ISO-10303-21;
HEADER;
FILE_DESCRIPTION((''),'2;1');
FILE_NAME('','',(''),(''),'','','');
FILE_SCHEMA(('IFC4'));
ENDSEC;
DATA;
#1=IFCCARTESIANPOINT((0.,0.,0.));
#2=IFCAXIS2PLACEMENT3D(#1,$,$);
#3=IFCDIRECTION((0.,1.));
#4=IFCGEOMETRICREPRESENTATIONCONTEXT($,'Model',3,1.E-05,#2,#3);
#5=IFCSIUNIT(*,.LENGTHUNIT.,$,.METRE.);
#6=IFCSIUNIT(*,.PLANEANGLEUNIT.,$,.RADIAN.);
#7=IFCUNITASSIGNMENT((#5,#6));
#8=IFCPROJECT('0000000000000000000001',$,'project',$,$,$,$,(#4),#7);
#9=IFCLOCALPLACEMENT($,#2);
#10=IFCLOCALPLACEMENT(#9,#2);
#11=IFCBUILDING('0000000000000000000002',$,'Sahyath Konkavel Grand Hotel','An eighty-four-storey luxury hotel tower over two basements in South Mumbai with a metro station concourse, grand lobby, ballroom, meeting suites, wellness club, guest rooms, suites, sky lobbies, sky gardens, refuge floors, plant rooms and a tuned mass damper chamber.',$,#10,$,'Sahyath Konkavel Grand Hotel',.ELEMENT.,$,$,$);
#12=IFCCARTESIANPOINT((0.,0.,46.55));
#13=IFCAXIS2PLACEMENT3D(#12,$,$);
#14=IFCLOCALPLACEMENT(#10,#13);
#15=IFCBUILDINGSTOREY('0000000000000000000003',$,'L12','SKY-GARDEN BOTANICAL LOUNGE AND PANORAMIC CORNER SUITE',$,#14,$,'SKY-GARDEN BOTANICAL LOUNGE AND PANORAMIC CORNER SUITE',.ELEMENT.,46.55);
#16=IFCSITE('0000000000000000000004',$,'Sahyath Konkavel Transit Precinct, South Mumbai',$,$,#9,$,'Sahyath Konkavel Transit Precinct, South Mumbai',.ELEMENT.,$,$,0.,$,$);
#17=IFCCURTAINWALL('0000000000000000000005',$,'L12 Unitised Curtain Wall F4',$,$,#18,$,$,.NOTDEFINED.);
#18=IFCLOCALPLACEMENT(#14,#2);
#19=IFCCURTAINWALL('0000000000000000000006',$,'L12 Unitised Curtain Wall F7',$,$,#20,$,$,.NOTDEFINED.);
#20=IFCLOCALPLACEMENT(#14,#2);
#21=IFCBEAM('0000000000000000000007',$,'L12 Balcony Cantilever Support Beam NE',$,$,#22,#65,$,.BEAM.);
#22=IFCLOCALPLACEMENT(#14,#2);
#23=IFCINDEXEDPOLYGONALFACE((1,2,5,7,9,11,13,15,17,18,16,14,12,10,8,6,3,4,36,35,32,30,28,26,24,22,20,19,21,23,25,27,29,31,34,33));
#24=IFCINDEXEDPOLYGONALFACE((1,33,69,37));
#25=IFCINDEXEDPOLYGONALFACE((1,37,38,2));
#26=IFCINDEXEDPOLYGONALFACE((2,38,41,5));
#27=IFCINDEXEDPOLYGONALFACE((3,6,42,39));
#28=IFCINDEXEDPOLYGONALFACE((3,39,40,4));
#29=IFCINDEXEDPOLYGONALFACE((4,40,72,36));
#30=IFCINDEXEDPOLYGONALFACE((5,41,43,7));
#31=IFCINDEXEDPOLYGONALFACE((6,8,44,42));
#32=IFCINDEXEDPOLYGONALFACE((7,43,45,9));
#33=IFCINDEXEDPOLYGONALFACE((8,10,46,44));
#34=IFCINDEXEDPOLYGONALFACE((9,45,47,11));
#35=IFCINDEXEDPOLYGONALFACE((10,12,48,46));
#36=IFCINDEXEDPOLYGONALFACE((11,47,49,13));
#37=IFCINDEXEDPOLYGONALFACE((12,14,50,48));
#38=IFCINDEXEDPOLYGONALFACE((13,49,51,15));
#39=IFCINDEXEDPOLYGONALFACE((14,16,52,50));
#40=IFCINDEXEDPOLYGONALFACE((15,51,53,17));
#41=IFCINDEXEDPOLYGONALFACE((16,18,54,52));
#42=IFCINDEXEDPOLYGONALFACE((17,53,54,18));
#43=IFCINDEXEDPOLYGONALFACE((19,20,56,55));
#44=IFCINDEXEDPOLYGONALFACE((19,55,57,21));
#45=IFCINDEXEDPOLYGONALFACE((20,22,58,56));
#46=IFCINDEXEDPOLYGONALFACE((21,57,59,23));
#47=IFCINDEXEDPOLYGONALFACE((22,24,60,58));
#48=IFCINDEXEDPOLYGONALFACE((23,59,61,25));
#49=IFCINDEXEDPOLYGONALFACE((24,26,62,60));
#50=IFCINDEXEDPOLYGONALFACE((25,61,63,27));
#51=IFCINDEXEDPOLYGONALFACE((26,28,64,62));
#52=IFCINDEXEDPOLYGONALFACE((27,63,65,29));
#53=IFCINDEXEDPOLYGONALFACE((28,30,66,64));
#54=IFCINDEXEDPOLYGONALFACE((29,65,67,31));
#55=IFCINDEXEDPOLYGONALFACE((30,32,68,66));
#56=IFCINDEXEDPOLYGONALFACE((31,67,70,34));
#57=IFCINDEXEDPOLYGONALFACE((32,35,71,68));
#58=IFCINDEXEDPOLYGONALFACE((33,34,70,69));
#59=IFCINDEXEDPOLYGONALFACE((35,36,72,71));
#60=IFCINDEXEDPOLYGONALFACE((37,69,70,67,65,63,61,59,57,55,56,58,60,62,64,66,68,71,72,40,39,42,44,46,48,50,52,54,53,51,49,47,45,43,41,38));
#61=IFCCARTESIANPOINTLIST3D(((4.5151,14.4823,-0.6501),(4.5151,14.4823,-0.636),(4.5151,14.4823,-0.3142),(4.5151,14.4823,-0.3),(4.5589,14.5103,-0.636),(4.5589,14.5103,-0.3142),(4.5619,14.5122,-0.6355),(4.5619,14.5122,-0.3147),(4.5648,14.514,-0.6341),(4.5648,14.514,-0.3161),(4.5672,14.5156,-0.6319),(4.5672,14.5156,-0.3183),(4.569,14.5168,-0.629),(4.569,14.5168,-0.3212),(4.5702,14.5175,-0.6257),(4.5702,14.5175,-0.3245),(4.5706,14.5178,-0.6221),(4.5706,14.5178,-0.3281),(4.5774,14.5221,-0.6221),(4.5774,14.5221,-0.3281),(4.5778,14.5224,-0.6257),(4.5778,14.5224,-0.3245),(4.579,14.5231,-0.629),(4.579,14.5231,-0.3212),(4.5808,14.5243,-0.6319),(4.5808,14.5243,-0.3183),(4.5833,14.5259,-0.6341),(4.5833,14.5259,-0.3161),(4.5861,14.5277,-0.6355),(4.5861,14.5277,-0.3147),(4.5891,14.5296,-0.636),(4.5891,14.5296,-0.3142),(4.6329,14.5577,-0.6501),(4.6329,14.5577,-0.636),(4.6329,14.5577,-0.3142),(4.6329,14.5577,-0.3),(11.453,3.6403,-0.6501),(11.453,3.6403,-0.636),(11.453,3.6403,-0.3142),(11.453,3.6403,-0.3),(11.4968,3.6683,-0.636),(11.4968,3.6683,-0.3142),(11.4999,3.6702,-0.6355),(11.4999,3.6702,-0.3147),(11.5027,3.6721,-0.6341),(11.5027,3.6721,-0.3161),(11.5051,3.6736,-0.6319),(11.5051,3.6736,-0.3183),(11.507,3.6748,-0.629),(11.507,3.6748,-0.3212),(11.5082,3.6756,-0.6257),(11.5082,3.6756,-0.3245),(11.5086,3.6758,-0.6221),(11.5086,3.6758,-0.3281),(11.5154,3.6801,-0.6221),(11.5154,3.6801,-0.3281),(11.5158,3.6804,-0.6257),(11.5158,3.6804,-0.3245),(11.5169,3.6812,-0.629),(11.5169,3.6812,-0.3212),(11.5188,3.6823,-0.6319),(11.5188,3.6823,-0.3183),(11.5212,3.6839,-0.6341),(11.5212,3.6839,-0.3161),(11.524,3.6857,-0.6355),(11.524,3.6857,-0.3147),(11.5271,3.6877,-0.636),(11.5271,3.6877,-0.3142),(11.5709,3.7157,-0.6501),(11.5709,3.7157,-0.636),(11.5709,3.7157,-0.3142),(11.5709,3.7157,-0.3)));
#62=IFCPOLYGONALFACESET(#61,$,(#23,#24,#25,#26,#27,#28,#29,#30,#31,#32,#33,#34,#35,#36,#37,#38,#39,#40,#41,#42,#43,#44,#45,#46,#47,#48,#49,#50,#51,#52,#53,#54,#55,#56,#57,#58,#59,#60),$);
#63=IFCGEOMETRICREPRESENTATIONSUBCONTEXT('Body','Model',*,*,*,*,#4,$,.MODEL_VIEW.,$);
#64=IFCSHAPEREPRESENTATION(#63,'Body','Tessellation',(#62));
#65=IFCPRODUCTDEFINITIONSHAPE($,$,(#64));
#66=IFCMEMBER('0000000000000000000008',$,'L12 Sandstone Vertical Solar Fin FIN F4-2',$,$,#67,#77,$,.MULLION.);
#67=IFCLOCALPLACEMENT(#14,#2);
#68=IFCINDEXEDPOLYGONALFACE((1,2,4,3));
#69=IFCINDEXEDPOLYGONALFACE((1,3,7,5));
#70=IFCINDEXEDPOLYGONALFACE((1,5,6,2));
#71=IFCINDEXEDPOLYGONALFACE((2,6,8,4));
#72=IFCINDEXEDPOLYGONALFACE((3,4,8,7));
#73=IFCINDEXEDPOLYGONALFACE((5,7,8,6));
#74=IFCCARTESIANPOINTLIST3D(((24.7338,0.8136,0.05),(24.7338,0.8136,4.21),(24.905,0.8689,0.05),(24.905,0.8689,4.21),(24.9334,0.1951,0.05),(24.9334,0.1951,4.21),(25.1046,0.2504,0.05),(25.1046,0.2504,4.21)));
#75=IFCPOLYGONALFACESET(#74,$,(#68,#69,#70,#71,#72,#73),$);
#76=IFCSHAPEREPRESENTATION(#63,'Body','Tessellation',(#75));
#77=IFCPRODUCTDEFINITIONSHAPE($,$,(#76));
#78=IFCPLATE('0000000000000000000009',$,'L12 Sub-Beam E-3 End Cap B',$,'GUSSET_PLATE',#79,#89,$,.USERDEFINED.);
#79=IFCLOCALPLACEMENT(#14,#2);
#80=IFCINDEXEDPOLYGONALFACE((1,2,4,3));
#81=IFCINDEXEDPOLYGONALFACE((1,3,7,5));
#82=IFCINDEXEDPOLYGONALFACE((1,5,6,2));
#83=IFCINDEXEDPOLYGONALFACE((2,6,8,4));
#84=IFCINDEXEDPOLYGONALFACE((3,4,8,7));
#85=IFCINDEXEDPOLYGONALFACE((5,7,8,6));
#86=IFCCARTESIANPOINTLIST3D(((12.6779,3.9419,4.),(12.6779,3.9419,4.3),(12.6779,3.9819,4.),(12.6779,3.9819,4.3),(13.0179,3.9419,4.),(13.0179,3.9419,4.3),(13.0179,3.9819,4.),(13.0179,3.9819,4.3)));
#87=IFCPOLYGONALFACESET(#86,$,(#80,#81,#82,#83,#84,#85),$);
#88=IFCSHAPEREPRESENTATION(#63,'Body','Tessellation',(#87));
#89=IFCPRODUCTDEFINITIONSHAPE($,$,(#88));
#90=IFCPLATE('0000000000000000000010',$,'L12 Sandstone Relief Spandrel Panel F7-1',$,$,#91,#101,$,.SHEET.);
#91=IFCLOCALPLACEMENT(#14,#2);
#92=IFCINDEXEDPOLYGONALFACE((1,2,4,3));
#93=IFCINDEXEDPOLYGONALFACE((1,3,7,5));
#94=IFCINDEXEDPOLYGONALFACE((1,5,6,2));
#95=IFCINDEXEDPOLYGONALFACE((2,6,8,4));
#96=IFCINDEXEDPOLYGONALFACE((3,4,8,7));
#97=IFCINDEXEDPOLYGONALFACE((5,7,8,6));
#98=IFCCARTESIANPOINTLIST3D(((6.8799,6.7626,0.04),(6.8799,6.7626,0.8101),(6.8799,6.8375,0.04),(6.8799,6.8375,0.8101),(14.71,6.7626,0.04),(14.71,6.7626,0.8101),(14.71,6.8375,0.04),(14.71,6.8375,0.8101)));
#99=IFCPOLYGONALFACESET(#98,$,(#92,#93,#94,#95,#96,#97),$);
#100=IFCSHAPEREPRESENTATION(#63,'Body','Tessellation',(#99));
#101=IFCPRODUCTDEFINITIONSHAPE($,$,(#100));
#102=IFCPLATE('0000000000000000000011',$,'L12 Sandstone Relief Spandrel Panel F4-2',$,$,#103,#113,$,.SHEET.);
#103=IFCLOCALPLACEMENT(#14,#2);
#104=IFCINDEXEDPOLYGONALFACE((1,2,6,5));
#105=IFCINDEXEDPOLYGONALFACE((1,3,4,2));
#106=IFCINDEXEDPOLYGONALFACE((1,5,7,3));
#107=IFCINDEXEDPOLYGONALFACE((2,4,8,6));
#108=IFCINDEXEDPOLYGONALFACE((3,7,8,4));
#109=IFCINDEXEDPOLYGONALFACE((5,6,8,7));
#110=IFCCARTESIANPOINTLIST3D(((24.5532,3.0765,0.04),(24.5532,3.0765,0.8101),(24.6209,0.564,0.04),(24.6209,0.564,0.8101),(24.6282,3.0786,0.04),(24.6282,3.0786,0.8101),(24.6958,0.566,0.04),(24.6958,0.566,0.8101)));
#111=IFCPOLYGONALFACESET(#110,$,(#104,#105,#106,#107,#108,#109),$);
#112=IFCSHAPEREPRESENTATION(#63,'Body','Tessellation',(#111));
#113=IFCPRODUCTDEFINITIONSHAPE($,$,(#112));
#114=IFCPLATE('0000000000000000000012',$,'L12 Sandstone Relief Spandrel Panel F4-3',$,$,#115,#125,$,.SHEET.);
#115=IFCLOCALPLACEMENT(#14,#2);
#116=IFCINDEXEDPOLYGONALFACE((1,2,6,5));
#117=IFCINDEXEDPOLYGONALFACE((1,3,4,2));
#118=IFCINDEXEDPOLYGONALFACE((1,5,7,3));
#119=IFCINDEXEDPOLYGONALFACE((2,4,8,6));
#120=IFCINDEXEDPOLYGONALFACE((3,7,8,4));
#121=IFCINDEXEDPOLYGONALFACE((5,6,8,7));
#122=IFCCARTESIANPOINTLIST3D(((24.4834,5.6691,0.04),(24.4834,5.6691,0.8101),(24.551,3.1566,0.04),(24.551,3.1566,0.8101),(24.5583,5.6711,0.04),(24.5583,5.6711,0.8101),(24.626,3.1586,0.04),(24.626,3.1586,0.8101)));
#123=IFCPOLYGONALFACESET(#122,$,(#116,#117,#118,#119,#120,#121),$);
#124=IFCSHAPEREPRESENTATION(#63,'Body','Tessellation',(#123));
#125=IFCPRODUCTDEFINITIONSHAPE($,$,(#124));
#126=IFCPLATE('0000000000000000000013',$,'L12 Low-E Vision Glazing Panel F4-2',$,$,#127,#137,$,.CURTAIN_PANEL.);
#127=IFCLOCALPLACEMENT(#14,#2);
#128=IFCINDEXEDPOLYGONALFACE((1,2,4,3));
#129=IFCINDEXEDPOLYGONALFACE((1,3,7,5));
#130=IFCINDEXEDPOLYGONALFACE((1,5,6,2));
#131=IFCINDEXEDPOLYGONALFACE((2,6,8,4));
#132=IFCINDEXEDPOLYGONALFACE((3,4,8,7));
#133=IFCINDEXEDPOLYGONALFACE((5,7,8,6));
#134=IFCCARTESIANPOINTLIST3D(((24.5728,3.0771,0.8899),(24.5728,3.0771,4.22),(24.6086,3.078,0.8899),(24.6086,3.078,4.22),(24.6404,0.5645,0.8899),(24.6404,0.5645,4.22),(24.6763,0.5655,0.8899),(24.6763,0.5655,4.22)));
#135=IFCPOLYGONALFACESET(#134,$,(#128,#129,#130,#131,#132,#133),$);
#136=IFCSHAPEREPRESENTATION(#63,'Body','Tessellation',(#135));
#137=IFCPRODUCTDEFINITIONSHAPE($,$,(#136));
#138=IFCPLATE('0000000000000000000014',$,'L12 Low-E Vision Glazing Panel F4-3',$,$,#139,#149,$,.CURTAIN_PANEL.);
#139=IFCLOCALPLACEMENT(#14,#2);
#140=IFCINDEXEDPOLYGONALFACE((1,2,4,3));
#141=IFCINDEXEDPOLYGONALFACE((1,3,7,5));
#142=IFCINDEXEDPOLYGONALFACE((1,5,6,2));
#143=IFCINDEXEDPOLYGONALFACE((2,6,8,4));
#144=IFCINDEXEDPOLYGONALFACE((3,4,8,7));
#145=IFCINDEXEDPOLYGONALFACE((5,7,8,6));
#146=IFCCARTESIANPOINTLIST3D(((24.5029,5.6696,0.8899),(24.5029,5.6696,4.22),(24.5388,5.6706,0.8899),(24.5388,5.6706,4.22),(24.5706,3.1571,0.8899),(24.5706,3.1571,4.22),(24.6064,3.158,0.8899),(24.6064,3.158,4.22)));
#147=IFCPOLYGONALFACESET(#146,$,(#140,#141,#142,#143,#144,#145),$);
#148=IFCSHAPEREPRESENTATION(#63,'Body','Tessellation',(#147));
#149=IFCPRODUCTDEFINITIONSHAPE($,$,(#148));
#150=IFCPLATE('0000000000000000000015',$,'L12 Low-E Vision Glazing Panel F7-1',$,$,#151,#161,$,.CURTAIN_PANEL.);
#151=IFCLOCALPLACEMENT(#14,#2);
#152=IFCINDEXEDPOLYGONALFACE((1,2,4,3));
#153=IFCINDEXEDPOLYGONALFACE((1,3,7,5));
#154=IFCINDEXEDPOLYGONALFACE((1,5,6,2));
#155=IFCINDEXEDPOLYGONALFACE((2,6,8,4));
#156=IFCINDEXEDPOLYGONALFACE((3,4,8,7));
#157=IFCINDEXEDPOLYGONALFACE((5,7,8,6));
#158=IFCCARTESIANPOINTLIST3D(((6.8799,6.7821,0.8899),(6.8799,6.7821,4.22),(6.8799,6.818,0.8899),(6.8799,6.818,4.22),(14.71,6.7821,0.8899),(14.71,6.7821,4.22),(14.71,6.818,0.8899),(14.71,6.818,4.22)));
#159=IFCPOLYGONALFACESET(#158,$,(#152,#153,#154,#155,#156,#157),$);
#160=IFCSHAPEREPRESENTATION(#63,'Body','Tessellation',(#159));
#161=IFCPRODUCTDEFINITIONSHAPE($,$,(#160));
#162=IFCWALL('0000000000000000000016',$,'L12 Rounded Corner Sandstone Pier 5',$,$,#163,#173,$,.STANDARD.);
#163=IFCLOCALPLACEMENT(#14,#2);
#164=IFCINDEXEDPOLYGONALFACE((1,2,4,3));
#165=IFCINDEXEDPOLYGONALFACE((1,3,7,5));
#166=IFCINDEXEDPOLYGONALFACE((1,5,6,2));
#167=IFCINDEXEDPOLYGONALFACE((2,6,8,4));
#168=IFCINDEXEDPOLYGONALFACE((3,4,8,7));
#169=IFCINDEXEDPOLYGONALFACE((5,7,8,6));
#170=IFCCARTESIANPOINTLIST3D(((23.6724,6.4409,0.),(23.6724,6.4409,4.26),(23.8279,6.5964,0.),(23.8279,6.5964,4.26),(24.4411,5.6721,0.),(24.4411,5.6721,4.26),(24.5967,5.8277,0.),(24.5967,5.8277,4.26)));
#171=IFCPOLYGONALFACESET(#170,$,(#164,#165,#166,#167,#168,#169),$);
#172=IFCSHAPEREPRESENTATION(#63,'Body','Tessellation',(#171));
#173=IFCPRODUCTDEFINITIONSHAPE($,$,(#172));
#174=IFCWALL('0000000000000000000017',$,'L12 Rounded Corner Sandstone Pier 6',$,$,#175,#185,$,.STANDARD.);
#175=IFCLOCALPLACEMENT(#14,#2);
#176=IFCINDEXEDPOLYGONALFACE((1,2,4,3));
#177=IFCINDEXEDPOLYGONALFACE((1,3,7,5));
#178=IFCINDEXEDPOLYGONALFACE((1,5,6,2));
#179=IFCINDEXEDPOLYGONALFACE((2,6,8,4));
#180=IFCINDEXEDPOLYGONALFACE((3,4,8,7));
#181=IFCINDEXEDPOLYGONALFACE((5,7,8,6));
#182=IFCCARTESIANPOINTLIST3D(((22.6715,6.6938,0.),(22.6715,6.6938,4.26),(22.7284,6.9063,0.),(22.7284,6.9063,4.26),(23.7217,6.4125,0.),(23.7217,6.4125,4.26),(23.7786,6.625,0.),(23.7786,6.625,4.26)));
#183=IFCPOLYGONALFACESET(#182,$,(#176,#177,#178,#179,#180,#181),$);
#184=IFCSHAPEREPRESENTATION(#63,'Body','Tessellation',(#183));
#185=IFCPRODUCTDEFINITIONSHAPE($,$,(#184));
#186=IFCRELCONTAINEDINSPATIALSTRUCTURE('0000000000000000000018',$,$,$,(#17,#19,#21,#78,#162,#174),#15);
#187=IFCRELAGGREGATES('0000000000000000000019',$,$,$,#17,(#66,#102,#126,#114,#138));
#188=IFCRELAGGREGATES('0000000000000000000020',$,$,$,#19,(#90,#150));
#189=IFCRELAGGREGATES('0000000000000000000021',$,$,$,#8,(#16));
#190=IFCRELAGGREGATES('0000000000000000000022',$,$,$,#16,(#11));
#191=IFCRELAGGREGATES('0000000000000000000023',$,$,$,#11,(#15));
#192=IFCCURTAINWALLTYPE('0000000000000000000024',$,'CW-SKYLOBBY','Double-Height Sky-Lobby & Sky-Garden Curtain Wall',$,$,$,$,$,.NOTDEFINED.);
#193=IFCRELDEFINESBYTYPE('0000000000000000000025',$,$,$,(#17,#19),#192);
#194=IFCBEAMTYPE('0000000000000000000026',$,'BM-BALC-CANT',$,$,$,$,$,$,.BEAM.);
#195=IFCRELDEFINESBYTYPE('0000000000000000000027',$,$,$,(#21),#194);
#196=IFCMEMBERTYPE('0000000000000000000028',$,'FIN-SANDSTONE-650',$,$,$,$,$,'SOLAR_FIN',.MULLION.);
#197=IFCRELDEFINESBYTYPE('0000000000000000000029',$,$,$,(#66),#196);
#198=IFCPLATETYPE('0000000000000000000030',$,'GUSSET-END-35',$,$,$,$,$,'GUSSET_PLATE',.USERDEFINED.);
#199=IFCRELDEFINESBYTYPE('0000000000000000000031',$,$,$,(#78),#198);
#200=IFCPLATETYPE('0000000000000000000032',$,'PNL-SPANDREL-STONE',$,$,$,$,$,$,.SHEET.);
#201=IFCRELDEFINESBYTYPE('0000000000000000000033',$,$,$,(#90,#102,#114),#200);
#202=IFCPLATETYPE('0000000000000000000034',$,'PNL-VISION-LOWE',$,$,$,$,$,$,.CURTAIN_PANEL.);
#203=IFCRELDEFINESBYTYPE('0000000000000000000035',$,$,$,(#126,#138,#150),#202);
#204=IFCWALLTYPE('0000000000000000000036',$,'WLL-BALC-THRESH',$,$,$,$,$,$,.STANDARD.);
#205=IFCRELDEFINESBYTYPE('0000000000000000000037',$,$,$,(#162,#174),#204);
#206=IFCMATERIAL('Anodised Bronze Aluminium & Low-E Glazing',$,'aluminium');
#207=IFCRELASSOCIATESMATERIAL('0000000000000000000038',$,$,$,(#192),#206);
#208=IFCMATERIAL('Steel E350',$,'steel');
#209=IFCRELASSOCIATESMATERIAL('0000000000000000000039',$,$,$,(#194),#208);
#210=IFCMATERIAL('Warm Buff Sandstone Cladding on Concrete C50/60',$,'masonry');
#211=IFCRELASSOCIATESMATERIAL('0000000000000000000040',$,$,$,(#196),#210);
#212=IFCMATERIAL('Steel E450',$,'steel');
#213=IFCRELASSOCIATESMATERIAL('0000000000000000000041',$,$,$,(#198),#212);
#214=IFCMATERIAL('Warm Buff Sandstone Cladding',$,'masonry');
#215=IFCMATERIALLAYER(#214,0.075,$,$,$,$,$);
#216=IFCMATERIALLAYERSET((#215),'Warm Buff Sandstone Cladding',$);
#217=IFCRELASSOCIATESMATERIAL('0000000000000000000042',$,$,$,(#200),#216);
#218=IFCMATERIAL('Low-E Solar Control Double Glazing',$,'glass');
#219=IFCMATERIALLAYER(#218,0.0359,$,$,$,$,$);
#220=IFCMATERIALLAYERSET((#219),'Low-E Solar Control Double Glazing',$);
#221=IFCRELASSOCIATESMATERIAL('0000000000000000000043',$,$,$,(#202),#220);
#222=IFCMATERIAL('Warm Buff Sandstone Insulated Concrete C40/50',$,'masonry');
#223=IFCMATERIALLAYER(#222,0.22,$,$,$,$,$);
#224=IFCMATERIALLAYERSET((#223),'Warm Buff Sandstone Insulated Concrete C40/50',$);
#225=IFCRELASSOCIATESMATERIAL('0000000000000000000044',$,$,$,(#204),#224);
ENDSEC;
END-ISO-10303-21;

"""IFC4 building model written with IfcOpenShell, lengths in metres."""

from ifc_helpers import new_model, si_unit, direction, frame, frame_2d, origin, origin_2d, place, context, subcontext, project, spatial, rectangle, i_section, extrude, source, transform, mapped, material, layer, layer_set, material_profile, profile_set, type_object, element, aggregate, save


model = new_model("IFC4")

# Units and contexts
model_context = context("Model", 3, precision=1e-05, world=origin(), true_north=direction((0.0, 1.0)))
body_context = subcontext(model_context, "Body", "Model", "MODEL_VIEW")
ifc_project = project(units=[si_unit("LENGTHUNIT", "METRE"), si_unit("PLANEANGLEUNIT", "RADIAN")], contexts=[model_context])

# Site, building, storey
site_placement = place(None, origin())
site = spatial("IfcSite", under=ifc_project, at=site_placement, Name="Sahyath Konkavel Transit Precinct, South Mumbai", LongName="Sahyath Konkavel Transit Precinct, South Mumbai", CompositionType="ELEMENT", RefElevation=0.0)
building_placement = place(site_placement, origin())
building = spatial("IfcBuilding", under=site, at=building_placement, Name="Sahyath Konkavel Grand Hotel", Description="An eighty-four-storey luxury hotel tower over two basements in South Mumbai with a metro station concourse, grand lobby, ballroom, meeting suites, wellness club, guest rooms, suites, sky lobbies, sky gardens, refuge floors, plant rooms and a tuned mass damper chamber.", LongName="Sahyath Konkavel Grand Hotel", CompositionType="ELEMENT")
storey_placement = place(building_placement, frame((0.0, 0.0, 46.55)))
storey = spatial("IfcBuildingStorey", under=building, at=storey_placement, Name="L12", Description="SKY-GARDEN BOTANICAL LOUNGE AND PANORAMIC CORNER SUITE", LongName="SKY-GARDEN BOTANICAL LOUNGE AND PANORAMIC CORNER SUITE", CompositionType="ELEMENT", Elevation=46.55)

# Shared definitions
ifc_material_1 = material(Name="Steel E350", Category="steel")

# Curtain walls
ifc_material_2 = material(Name="Anodised Bronze Aluminium & Low-E Glazing", Category="aluminium")
curtain_wall_type = type_object("IfcCurtainWallType", Name="CW-SKYLOBBY", Description="Double-Height Sky-Lobby & Sky-Garden Curtain Wall", PredefinedType="NOTDEFINED", material=ifc_material_2)
curtain_wall_1_placement = place(storey_placement, origin())
curtain_wall_1 = element("IfcCurtainWall", 1, at=curtain_wall_1_placement, inside=storey, type_object=curtain_wall_type, Name="L12 Unitised Curtain Wall F4", PredefinedType="NOTDEFINED")
curtain_wall_2_placement = place(storey_placement, origin())
curtain_wall_2 = element("IfcCurtainWall", 2, at=curtain_wall_2_placement, inside=storey, type_object=curtain_wall_type, Name="L12 Unitised Curtain Wall F7", PredefinedType="NOTDEFINED")

# Beam
ifc_material_profile_1 = material_profile(ifc_material_1, i_section(OverallWidth=0.1399, OverallDepth=0.3501, WebThickness=0.0081, FlangeThickness=0.0142, FilletRadius=0.0139, at=origin_2d()), Name="ISMB 350")
ifc_profile_set_1 = profile_set([ifc_material_profile_1], Name="Steel E350")
beam_type_1 = type_object("IfcBeamType", Name="BM-BALC-CANT", PredefinedType="BEAM", material=ifc_profile_set_1)
shared_shape_1 = source(origin(), body_context, "Body", "SweptSolid", [
    extrude(i_section(OverallWidth=0.1399, OverallDepth=0.3501, WebThickness=0.0081, FlangeThickness=0.0142, FilletRadius=0.0139, at=origin_2d()), origin(), (0.0, 0.0, 1.0), 12.8718),
])
beam_1_placement = place(storey_placement, frame((11.512, 3.678, -0.4751), z_axis=(-0.539003, 0.842304, 0.0), x_axis=(-0.842304, -0.539003, 0.0)))
element("IfcBeam", 3, at=beam_1_placement, inside=storey, type_object=beam_type_1, Name="L12 Balcony Cantilever Support Beam NE", PredefinedType="BEAM", context=body_context, shape_type="MappedRepresentation", body=[
    mapped(shared_shape_1, transform((0.0, 0.0, 0.0), scale=1.0)),
])

# Member
ifc_material_3 = material(Name="Warm Buff Sandstone Cladding on Concrete C50/60", Category="masonry")
ifc_material_profile_2 = material_profile(ifc_material_3, rectangle(XDim=0.1799, YDim=0.6499, at=origin_2d()), Name="FIN 180x650")
ifc_profile_set_2 = profile_set([ifc_material_profile_2], Name="Warm Buff Sandstone Cladding on Concrete C50/60")
member_type_1 = type_object("IfcMemberType", Name="FIN-SANDSTONE-650", ElementType="SOLAR_FIN", PredefinedType="MULLION", material=ifc_profile_set_2)
shared_shape_2 = source(origin(), body_context, "Body", "SweptSolid", [
    extrude(rectangle(XDim=0.1799, YDim=0.6499, at=origin_2d()), origin(), (0.0, 0.0, 1.0), 4.1599),
])
member_1_placement = place(storey_placement, frame((24.9192, 0.532, 0.05), z_axis=(0.0, 0.0, 1.0), x_axis=(0.951648, 0.307191, 0.0)))
member_1 = element("IfcMember", 4, at=member_1_placement, type_object=member_type_1, Name="L12 Sandstone Vertical Solar Fin FIN F4-2", PredefinedType="MULLION", context=body_context, shape_type="MappedRepresentation", body=[
    mapped(shared_shape_2, transform((0.0, 0.0, 0.0), scale=1.0)),
])

# Plates
ifc_material_4 = material(Name="Steel E450", Category="steel")
plate_type_1 = type_object("IfcPlateType", Name="GUSSET-END-35", ElementType="GUSSET_PLATE", PredefinedType="USERDEFINED", material=ifc_material_4)
shared_shape_3 = source(origin(), body_context, "Body", "SweptSolid", [
    extrude(rectangle(XDim=0.04, YDim=0.3401, at=origin_2d()), origin(), (0.0, 0.0, 1.0), 0.3),
])
plate_1_placement = place(storey_placement, frame((12.8479, 3.9619, 4.0), z_axis=(0.0, 0.0, 1.0), x_axis=(0.0, 1.0, 0.0)))
element("IfcPlate", 5, at=plate_1_placement, inside=storey, type_object=plate_type_1, Name="L12 Sub-Beam E-3 End Cap B", ObjectType="GUSSET_PLATE", PredefinedType="USERDEFINED", context=body_context, shape_type="MappedRepresentation", body=[
    mapped(shared_shape_3, transform((0.0, 0.0, 0.0), scale=1.0)),
])
ifc_material_5 = material(Name="Warm Buff Sandstone Cladding", Category="masonry")
ifc_layer_1 = layer(ifc_material_5, 0.075)
ifc_layer_set_1 = layer_set([ifc_layer_1], Name="Warm Buff Sandstone Cladding")
plate_type_2 = type_object("IfcPlateType", Name="PNL-SPANDREL-STONE", PredefinedType="SHEET", material=ifc_layer_set_1)
shared_shape_4 = source(origin(), body_context, "Body", "SweptSolid", [
    extrude(rectangle(XDim=7.8301, YDim=0.075, at=origin_2d()), origin(), (0.0, 0.0, 1.0), 0.77),
])
plate_2_placement = place(storey_placement, frame((10.7949, 6.8, 0.04), z_axis=(0.0, 0.0, 1.0), x_axis=(-1.0, 0.0, 0.0)))
plate_2 = element("IfcPlate", 6, at=plate_2_placement, type_object=plate_type_2, Name="L12 Sandstone Relief Spandrel Panel F7-1", PredefinedType="SHEET", context=body_context, shape_type="MappedRepresentation", body=[
    mapped(shared_shape_4, transform((0.0, 0.0, 0.0), scale=1.0)),
])
shared_shape_5 = source(origin(), body_context, "Body", "SweptSolid", [
    extrude(rectangle(XDim=2.5134, YDim=0.075, at=origin_2d()), origin(), (0.0, 0.0, 1.0), 0.77),
])
plate_3_placement = place(storey_placement, frame((24.6245, 1.8213, 0.04), z_axis=(0.0, 0.0, 1.0), x_axis=(-0.02691, 0.999638, 0.0)))
plate_3 = element("IfcPlate", 7, at=plate_3_placement, type_object=plate_type_2, Name="L12 Sandstone Relief Spandrel Panel F4-2", PredefinedType="SHEET", context=body_context, shape_type="MappedRepresentation", body=[
    mapped(shared_shape_5, transform((0.0, 0.0, 0.0), scale=1.0)),
])
plate_4_placement = place(storey_placement, frame((24.5547, 4.4138, 0.04), z_axis=(0.0, 0.0, 1.0), x_axis=(-0.02691, 0.999638, 0.0)))
plate_4 = element("IfcPlate", 8, at=plate_4_placement, type_object=plate_type_2, Name="L12 Sandstone Relief Spandrel Panel F4-3", PredefinedType="SHEET", context=body_context, shape_type="MappedRepresentation", body=[
    mapped(shared_shape_5, transform((0.0, 0.0, 0.0), scale=1.0)),
])
ifc_material_6 = material(Name="Low-E Solar Control Double Glazing", Category="glass")
ifc_layer_2 = layer(ifc_material_6, 0.0359)
ifc_layer_set_2 = layer_set([ifc_layer_2], Name="Low-E Solar Control Double Glazing")
plate_type_3 = type_object("IfcPlateType", Name="PNL-VISION-LOWE", PredefinedType="CURTAIN_PANEL", material=ifc_layer_set_2)
shared_shape_6 = source(origin(), body_context, "Body", "SweptSolid", [
    extrude(rectangle(XDim=2.5134, YDim=0.0359, at=origin_2d()), origin(), (0.0, 0.0, 1.0), 3.3301),
])
plate_5_placement = place(storey_placement, frame((24.6245, 1.8213, 0.8899), z_axis=(0.0, 0.0, 1.0), x_axis=(-0.02691, 0.999638, 0.0)))
plate_5 = element("IfcPlate", 9, at=plate_5_placement, type_object=plate_type_3, Name="L12 Low-E Vision Glazing Panel F4-2", PredefinedType="CURTAIN_PANEL", context=body_context, shape_type="MappedRepresentation", body=[
    mapped(shared_shape_6, transform((0.0, 0.0, 0.0), scale=1.0)),
])
plate_6_placement = place(storey_placement, frame((24.5547, 4.4138, 0.8899), z_axis=(0.0, 0.0, 1.0), x_axis=(-0.02691, 0.999638, 0.0)))
plate_6 = element("IfcPlate", 10, at=plate_6_placement, type_object=plate_type_3, Name="L12 Low-E Vision Glazing Panel F4-3", PredefinedType="CURTAIN_PANEL", context=body_context, shape_type="MappedRepresentation", body=[
    mapped(shared_shape_6, transform((0.0, 0.0, 0.0), scale=1.0)),
])
aggregate(curtain_wall_1, [member_1, plate_3, plate_5, plate_4, plate_6])
shared_shape_7 = source(origin(), body_context, "Body", "SweptSolid", [
    extrude(rectangle(XDim=7.8301, YDim=0.0359, at=origin_2d()), origin(), (0.0, 0.0, 1.0), 3.3301),
])
plate_7_placement = place(storey_placement, frame((10.7949, 6.8, 0.8899), z_axis=(0.0, 0.0, 1.0), x_axis=(-1.0, 0.0, 0.0)))
plate_7 = element("IfcPlate", 11, at=plate_7_placement, type_object=plate_type_3, Name="L12 Low-E Vision Glazing Panel F7-1", PredefinedType="CURTAIN_PANEL", context=body_context, shape_type="MappedRepresentation", body=[
    mapped(shared_shape_7, transform((0.0, 0.0, 0.0), scale=1.0)),
])
aggregate(curtain_wall_2, [plate_2, plate_7])

# Walls
ifc_material_7 = material(Name="Warm Buff Sandstone Insulated Concrete C40/50", Category="masonry")
ifc_layer_3 = layer(ifc_material_7, 0.22)
ifc_layer_set_3 = layer_set([ifc_layer_3], Name="Warm Buff Sandstone Insulated Concrete C40/50")
wall_type_1 = type_object("IfcWallType", Name="WLL-BALC-THRESH", PredefinedType="STANDARD", material=ifc_layer_set_3)
for number, where, z_axis, x_axis, name in (
    (12, (24.5188, 5.75, 0.0), (0.0, 0.0, 1.0), (-0.707107, 0.707107, 0.0), "L12 Rounded Corner Sandstone Pier 5"),
    (13, (23.75, 6.5188, 0.0), (0.0, 0.0, 1.0), (-0.965951, 0.258725, 0.0), "L12 Rounded Corner Sandstone Pier 6"),
):
    element("IfcWall", number, at=place(storey_placement, frame(where, z_axis=z_axis, x_axis=x_axis)), inside=storey, type_object=wall_type_1, Name=name, PredefinedType="STANDARD", context=body_context, shape_type="SweptSolid", body=[
        extrude(rectangle(XDim=1.0872, YDim=0.22, at=frame_2d((0.5435, 0.0))), origin(), (0.0, 0.0, 1.0), 4.26),
    ])

save(model, "model.ifc")
